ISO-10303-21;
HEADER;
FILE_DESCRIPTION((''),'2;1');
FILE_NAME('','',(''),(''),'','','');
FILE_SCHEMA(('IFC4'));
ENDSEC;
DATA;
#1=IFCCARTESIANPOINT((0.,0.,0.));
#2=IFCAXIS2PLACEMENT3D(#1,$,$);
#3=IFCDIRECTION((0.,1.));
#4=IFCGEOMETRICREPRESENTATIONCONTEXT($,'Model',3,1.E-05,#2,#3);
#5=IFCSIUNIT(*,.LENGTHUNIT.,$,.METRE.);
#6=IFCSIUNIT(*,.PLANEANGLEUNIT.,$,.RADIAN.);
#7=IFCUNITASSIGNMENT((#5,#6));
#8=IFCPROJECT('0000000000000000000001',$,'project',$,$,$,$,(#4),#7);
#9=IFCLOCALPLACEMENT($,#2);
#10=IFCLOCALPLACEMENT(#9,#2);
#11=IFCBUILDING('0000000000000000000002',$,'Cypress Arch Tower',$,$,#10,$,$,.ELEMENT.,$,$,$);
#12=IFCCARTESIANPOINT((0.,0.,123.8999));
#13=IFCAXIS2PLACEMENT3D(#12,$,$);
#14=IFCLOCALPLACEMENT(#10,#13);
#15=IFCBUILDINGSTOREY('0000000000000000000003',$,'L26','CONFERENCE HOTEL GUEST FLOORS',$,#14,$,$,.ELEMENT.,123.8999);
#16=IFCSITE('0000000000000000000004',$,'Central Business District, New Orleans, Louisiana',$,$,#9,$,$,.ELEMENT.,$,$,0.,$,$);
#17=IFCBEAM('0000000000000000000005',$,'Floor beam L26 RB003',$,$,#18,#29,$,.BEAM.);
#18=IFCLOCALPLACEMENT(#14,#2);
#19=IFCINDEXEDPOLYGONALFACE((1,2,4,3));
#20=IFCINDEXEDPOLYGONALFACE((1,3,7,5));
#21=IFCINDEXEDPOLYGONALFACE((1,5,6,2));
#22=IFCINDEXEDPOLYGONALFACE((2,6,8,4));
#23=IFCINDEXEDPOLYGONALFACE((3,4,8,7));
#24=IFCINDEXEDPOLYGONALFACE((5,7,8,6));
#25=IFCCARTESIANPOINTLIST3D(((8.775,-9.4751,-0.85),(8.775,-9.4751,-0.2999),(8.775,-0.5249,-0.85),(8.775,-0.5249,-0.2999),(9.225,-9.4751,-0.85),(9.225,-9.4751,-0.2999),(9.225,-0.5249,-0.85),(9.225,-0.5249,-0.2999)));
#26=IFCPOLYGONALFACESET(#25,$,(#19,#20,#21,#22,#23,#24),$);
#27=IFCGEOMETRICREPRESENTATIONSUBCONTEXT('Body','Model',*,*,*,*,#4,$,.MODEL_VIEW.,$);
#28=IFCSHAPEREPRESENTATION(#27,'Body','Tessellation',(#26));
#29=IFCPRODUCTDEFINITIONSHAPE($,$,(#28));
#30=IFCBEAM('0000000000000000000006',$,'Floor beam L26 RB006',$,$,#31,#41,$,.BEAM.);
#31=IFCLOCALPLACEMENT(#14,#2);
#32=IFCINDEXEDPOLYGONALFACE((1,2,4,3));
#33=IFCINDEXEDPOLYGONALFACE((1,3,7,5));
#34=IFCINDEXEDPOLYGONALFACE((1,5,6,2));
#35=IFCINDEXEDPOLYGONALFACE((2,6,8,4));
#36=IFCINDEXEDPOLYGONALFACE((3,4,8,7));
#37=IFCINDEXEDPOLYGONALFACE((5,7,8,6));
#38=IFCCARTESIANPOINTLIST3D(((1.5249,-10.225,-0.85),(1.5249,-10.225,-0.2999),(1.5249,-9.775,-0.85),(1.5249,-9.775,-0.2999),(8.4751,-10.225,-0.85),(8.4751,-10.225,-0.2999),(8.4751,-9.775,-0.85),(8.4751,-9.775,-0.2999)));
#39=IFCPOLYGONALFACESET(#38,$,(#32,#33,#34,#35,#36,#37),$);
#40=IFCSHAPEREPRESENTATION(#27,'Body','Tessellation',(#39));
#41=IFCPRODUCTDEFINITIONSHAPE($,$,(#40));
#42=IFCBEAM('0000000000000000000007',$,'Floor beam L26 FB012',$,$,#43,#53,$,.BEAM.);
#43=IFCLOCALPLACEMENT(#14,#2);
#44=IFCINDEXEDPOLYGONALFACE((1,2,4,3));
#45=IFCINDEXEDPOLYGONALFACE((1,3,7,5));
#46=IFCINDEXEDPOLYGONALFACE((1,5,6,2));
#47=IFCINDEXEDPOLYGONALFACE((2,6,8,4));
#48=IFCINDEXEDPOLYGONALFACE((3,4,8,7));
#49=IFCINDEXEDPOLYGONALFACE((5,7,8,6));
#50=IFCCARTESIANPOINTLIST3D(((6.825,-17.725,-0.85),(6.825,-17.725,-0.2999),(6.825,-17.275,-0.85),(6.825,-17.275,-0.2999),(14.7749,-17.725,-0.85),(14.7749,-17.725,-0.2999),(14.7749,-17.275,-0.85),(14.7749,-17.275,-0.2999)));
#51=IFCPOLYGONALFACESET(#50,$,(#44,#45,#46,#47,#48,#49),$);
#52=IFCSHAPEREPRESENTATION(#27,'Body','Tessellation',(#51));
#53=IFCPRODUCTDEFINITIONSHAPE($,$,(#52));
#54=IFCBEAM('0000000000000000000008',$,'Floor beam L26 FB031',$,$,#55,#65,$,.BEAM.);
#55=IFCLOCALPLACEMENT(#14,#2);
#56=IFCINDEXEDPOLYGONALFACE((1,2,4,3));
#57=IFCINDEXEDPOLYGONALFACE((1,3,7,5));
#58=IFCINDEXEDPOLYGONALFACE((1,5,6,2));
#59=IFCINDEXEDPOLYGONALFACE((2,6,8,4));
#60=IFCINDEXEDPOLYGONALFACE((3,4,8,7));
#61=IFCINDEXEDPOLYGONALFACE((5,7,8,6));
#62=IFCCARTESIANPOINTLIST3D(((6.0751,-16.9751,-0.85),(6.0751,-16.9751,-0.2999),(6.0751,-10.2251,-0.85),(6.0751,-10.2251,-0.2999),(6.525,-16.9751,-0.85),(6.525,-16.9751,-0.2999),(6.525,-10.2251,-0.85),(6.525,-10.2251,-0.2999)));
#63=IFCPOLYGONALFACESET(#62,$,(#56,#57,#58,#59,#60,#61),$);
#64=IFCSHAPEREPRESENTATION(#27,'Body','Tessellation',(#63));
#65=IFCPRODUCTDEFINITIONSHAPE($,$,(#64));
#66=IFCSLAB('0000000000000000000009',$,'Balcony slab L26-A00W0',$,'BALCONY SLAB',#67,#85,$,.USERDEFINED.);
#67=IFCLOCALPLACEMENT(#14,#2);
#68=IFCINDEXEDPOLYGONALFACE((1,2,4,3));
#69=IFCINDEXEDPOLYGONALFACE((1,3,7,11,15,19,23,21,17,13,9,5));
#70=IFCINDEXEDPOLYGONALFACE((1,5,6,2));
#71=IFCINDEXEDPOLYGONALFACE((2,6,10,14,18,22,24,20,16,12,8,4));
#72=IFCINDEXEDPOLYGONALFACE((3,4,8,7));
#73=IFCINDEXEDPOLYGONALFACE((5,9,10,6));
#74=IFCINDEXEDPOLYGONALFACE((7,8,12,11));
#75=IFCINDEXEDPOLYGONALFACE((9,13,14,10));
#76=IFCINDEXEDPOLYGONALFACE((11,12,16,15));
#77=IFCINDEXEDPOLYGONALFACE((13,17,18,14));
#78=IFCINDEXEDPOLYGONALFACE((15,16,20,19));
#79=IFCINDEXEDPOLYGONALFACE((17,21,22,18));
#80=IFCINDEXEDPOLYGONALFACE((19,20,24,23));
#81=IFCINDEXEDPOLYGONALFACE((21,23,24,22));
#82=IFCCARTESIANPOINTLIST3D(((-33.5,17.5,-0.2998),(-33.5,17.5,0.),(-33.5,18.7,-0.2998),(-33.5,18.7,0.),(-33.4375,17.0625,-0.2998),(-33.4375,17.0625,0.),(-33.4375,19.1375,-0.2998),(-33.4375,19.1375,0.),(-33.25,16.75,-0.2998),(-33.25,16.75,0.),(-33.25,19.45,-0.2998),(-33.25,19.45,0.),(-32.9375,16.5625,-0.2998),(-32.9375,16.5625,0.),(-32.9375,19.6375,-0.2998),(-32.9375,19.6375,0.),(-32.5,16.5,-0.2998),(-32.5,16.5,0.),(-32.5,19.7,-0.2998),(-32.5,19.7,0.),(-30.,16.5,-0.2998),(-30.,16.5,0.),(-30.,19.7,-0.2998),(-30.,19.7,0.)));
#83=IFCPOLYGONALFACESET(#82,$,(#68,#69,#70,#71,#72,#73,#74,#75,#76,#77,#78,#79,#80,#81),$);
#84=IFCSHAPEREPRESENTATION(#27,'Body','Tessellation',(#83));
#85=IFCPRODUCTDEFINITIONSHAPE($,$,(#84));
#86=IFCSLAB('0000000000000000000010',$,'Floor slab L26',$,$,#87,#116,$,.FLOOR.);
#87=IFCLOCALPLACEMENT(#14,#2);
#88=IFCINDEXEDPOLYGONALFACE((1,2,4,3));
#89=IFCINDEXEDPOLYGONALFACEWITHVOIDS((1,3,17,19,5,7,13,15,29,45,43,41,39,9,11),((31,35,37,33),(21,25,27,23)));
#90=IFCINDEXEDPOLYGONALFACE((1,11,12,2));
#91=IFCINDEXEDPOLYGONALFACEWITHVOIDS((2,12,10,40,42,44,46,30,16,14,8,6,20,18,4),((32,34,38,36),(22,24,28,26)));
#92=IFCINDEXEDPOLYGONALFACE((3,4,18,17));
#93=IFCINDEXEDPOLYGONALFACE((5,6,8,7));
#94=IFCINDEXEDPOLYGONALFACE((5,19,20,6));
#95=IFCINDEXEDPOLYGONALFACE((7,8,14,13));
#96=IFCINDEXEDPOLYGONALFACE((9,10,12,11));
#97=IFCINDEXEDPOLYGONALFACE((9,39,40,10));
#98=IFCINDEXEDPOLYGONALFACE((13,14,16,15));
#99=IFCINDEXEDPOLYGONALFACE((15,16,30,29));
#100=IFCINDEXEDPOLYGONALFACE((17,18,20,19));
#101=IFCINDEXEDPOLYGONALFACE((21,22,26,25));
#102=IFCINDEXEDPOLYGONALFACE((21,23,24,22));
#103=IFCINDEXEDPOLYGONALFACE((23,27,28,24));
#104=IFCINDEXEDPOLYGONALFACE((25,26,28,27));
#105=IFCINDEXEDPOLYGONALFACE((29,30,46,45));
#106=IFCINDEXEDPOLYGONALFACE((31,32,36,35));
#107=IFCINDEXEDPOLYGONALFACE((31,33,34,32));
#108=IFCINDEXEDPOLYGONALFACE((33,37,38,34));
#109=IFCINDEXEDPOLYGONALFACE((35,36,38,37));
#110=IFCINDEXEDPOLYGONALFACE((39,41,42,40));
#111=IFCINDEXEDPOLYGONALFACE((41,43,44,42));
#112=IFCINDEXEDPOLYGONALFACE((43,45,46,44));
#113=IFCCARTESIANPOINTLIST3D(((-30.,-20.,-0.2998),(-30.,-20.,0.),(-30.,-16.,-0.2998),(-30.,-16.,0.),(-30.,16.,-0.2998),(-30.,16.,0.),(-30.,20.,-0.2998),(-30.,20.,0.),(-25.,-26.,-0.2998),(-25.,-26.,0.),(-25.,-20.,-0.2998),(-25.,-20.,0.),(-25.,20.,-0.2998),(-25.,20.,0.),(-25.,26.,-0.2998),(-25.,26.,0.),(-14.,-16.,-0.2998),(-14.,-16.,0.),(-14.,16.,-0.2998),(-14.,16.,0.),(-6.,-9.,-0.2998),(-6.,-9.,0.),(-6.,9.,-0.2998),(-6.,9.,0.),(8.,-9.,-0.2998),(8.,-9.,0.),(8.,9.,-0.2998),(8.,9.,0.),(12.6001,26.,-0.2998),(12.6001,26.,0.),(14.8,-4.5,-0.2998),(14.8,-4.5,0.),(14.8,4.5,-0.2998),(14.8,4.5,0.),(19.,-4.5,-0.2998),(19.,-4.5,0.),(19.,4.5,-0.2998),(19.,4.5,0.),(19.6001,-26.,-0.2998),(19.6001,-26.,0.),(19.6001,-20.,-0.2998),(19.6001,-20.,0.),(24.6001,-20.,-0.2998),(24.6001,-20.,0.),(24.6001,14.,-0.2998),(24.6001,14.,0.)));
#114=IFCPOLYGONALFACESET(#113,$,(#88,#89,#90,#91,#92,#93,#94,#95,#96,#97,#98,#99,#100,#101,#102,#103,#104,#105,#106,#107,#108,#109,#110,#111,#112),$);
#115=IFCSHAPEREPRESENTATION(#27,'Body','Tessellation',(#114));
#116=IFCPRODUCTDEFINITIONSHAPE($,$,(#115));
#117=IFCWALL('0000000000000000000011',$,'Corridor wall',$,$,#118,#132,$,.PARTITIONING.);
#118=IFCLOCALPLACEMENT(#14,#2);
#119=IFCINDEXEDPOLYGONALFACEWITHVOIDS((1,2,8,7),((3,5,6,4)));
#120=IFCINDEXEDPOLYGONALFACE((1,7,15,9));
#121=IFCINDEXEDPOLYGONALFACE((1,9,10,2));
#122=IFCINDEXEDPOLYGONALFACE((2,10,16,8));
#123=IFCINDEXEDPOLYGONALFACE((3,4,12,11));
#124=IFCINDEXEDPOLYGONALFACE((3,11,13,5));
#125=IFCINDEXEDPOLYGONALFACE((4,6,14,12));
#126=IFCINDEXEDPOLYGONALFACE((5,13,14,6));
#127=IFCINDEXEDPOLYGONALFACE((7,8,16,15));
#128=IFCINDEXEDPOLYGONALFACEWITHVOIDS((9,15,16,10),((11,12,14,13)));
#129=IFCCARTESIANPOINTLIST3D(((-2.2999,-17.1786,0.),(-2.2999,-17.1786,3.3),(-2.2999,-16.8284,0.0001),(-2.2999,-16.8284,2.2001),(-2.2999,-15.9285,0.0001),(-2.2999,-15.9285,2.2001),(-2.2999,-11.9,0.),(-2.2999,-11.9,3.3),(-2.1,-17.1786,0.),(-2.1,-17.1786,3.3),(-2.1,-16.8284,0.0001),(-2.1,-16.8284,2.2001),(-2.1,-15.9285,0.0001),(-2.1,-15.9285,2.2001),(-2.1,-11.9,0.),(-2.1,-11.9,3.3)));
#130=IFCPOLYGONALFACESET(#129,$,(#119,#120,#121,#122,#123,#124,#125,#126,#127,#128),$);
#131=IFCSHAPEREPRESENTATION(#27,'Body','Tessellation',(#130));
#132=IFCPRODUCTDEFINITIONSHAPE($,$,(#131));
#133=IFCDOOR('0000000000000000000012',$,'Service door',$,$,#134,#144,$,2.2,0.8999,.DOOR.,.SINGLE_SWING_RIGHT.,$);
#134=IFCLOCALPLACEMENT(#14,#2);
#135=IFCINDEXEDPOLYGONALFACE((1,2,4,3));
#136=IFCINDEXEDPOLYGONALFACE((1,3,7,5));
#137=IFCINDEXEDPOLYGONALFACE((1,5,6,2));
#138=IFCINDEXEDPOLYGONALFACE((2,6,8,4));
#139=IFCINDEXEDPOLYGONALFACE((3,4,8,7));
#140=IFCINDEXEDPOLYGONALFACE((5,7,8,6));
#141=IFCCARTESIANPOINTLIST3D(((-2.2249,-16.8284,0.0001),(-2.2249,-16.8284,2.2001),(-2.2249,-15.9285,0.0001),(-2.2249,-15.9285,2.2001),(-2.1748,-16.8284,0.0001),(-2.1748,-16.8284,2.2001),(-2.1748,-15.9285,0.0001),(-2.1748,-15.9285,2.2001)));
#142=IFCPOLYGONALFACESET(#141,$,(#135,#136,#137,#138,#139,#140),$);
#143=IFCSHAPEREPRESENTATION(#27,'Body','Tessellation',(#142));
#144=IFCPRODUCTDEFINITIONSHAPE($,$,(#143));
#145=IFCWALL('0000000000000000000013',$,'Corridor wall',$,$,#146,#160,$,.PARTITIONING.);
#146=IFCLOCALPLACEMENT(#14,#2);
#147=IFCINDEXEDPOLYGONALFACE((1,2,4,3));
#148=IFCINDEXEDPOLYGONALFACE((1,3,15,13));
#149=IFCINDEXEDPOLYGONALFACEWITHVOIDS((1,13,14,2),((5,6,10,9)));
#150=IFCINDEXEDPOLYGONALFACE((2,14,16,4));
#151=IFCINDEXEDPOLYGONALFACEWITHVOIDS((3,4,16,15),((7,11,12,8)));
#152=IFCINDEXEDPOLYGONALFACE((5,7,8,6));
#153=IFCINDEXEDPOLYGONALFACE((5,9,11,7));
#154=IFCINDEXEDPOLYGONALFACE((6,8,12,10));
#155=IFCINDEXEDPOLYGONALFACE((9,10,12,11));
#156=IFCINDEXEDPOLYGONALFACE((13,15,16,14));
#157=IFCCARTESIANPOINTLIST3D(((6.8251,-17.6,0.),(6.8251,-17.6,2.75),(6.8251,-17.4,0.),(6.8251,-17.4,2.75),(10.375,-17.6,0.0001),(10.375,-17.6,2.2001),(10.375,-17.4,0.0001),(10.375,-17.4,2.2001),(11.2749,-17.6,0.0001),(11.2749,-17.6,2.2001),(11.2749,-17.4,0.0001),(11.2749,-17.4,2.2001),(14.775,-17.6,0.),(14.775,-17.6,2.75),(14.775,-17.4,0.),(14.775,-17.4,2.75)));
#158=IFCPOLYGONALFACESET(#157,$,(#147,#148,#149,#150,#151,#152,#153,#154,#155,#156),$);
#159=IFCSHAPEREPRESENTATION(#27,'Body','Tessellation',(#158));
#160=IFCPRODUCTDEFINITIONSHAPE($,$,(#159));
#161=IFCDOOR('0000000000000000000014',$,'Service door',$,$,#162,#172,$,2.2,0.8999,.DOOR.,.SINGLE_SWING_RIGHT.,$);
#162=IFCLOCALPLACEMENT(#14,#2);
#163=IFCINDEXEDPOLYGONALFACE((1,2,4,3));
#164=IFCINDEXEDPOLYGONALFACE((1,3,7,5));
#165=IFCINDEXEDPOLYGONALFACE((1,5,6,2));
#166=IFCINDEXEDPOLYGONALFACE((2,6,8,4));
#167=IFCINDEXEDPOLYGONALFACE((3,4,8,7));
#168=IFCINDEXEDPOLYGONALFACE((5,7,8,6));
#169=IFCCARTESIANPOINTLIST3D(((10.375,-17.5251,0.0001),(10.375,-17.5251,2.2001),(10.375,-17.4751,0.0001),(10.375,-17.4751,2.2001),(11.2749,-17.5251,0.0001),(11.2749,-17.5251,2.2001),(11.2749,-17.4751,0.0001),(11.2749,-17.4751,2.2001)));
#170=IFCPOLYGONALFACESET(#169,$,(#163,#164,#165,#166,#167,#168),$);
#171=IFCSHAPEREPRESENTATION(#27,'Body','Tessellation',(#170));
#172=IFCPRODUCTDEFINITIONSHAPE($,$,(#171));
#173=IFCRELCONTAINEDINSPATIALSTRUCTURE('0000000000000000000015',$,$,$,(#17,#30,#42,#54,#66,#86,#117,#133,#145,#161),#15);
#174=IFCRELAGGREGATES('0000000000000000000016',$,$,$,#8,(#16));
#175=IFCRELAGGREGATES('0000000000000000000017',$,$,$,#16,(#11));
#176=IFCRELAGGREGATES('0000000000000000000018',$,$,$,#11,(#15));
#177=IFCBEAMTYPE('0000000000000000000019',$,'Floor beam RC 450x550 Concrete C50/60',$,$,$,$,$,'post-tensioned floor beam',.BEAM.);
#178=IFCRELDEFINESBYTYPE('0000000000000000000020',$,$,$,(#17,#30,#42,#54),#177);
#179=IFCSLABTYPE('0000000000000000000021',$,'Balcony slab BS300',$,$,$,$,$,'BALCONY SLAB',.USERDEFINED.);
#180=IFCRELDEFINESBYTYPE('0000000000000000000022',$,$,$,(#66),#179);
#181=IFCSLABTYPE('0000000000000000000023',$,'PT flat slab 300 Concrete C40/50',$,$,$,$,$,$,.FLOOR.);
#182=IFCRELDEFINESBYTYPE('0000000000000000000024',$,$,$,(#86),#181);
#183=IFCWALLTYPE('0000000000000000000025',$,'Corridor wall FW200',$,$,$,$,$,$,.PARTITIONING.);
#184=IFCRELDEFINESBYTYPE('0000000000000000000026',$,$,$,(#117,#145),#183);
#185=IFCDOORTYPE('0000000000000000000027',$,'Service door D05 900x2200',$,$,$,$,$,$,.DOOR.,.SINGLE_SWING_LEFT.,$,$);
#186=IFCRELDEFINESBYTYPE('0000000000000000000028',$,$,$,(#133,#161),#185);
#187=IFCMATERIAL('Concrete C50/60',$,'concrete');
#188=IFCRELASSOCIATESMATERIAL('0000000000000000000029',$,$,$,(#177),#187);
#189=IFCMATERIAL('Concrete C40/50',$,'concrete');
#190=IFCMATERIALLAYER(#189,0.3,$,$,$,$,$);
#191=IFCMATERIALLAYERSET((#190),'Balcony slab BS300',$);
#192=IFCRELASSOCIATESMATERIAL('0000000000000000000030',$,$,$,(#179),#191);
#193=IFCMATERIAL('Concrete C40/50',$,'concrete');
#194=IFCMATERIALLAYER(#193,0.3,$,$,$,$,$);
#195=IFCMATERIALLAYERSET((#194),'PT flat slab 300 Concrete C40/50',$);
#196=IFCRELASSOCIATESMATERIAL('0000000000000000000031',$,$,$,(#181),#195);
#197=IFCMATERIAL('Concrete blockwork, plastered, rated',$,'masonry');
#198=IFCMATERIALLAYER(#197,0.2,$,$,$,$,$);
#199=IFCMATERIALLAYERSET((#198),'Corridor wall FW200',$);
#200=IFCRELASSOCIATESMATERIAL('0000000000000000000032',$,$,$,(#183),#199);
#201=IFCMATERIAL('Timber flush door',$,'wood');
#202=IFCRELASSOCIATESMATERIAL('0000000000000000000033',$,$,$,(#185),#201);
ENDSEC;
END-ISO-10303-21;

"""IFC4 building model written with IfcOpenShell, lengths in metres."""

from ifc_helpers import new_model, si_unit, direction, frame, frame_2d, origin, origin_2d, place, context, subcontext, project, spatial, polyline, rectangle, outline, extrude, material, layer, layer_set, material_profile, profile_set, type_object, element, fill, save


model = new_model("IFC4")

# Units and contexts
model_context = context("Model", 3, precision=1e-05, world=origin(), true_north=direction((0.0, 1.0)))
body_context = subcontext(model_context, "Body", "Model", "MODEL_VIEW")
ifc_project = project(units=[si_unit("LENGTHUNIT", "METRE"), si_unit("PLANEANGLEUNIT", "RADIAN")], contexts=[model_context])

# Site, building, storey
site_placement = place(None, origin())
site = spatial("IfcSite", under=ifc_project, at=site_placement, Name="Central Business District, New Orleans, Louisiana", CompositionType="ELEMENT", RefElevation=0.0)
building_placement = place(site_placement, origin())
building = spatial("IfcBuilding", under=site, at=building_placement, Name="Cypress Arch Tower", CompositionType="ELEMENT")
storey_placement = place(building_placement, frame((0.0, 0.0, 123.8999)))
storey = spatial("IfcBuildingStorey", under=building, at=storey_placement, Name="L26", Description="CONFERENCE HOTEL GUEST FLOORS", CompositionType="ELEMENT", Elevation=123.8999)

# Beams
ifc_material_1 = material(Name="Concrete C50/60", Category="concrete")
ifc_material_profile_1 = material_profile(ifc_material_1, rectangle(XDim=0.45, YDim=0.55, at=origin_2d()), Name="RC 450x550")
ifc_profile_set_1 = profile_set([ifc_material_profile_1], Name="Concrete C50/60")
beam_type_1 = type_object("IfcBeamType", Name="Floor beam RC 450x550 Concrete C50/60", ElementType="post-tensioned floor beam", PredefinedType="BEAM", material=ifc_profile_set_1)
beam_1_placement = place(storey_placement, frame((9.0, -9.4751, -0.575), z_axis=(0.0, 1.0, 0.0), x_axis=(-1.0, 0.0, 0.0)))
element("IfcBeam", 1, at=beam_1_placement, inside=storey, type_object=beam_type_1, Name="Floor beam L26 RB003", PredefinedType="BEAM", context=body_context, shape_type="SweptSolid", body=[
    extrude(rectangle(XDim=0.45, YDim=0.55, at=origin_2d()), origin(), (0.0, 0.0, 1.0), 8.9502),
])
beam_2_placement = place(storey_placement, frame((1.5249, -10.0, -0.575), z_axis=(1.0, 0.0, 0.0), x_axis=(0.0, 1.0, 0.0)))
element("IfcBeam", 2, at=beam_2_placement, inside=storey, type_object=beam_type_1, Name="Floor beam L26 RB006", PredefinedType="BEAM", context=body_context, shape_type="SweptSolid", body=[
    extrude(rectangle(XDim=0.45, YDim=0.55, at=origin_2d()), origin(), (0.0, 0.0, 1.0), 6.9502),
])
beam_3_placement = place(storey_placement, frame((6.825, -17.5, -0.575), z_axis=(1.0, 0.0, 0.0), x_axis=(0.0, 1.0, 0.0)))
element("IfcBeam", 3, at=beam_3_placement, inside=storey, type_object=beam_type_1, Name="Floor beam L26 FB012", PredefinedType="BEAM", context=body_context, shape_type="SweptSolid", body=[
    extrude(rectangle(XDim=0.45, YDim=0.55, at=origin_2d()), origin(), (0.0, 0.0, 1.0), 7.95),
])
beam_4_placement = place(storey_placement, frame((6.3, -16.9751, -0.575), z_axis=(0.0, 1.0, 0.0), x_axis=(-1.0, 0.0, 0.0)))
element("IfcBeam", 4, at=beam_4_placement, inside=storey, type_object=beam_type_1, Name="Floor beam L26 FB031", PredefinedType="BEAM", context=body_context, shape_type="SweptSolid", body=[
    extrude(rectangle(XDim=0.45, YDim=0.55, at=origin_2d()), origin(), (0.0, 0.0, 1.0), 6.75),
])

# Slabs
ifc_material_2 = material(Name="Concrete C40/50", Category="concrete")
ifc_layer_1 = layer(ifc_material_2, 0.3)
ifc_layer_set_1 = layer_set([ifc_layer_1], Name="Balcony slab BS300")
slab_type_1 = type_object("IfcSlabType", Name="Balcony slab BS300", ElementType="BALCONY SLAB", PredefinedType="USERDEFINED", material=ifc_layer_set_1)
slab_1_placement = place(storey_placement, frame((0.0, 0.0, -0.2998)))
element("IfcSlab", 5, at=slab_1_placement, inside=storey, type_object=slab_type_1, Name="Balcony slab L26-A00W0", ObjectType="BALCONY SLAB", PredefinedType="USERDEFINED", context=body_context, shape_type="SweptSolid", body=[
    extrude(outline(polyline([(-30.0, 19.7), (-32.5, 19.7), (-32.9375, 19.6375), (-33.25, 19.45), (-33.4375, 19.1375), (-33.5, 18.7), (-33.5, 17.5), (-33.4375, 17.0625), (-33.25, 16.75), (-32.9375, 16.5625), (-32.5, 16.5), (-30.0, 16.5), (-30.0, 19.7)])), origin(), (0.0, 0.0, 1.0), 0.2998),
])
ifc_material_3 = material(Name="Concrete C40/50", Category="concrete")
ifc_layer_2 = layer(ifc_material_3, 0.3)
ifc_layer_set_2 = layer_set([ifc_layer_2], Name="PT flat slab 300 Concrete C40/50")
slab_type_2 = type_object("IfcSlabType", Name="PT flat slab 300 Concrete C40/50", PredefinedType="FLOOR", material=ifc_layer_set_2)
slab_2_placement = place(storey_placement, frame((0.0, 0.0, -0.2998)))
element("IfcSlab", 6, at=slab_2_placement, inside=storey, type_object=slab_type_2, Name="Floor slab L26", PredefinedType="FLOOR", context=body_context, shape_type="SweptSolid", body=[
    extrude(outline(polyline([(-30.0, 20.0), (-25.0, 20.0), (-25.0, 26.0), (12.6001, 26.0), (24.6001, 14.0), (24.6001, -20.0), (19.6001, -20.0), (19.6001, -26.0), (-25.0, -26.0), (-25.0, -20.0), (-30.0, -20.0), (-30.0, -16.0), (-14.0, -16.0), (-14.0, 16.0), (-30.0, 16.0), (-30.0, 20.0)]), holes=[polyline([(-6.0, -9.0), (8.0, -9.0), (8.0, 9.0), (-6.0, 9.0), (-6.0, -9.0)]), polyline([(14.8, -4.5), (19.0, -4.5), (19.0, 4.5), (14.8, 4.5), (14.8, -4.5)])]), origin(), (0.0, 0.0, 1.0), 0.2998),
])

# Walls, openings, doors
ifc_material_4 = material(Name="Concrete blockwork, plastered, rated", Category="masonry")
ifc_layer_3 = layer(ifc_material_4, 0.2)
ifc_layer_set_3 = layer_set([ifc_layer_3], Name="Corridor wall FW200")
wall_type_1 = type_object("IfcWallType", Name="Corridor wall FW200", PredefinedType="PARTITIONING", material=ifc_layer_set_3)
wall_1_placement = place(storey_placement, frame((-2.2, -17.1785, 0.0), z_axis=(0.0, 0.0, 1.0), x_axis=(0.0, 1.0, 0.0)))
wall_1 = element("IfcWall", 7, at=wall_1_placement, inside=storey, type_object=wall_type_1, Name="Corridor wall", PredefinedType="PARTITIONING", context=body_context, shape_type="SweptSolid", body=[
    extrude(rectangle(XDim=5.2786, YDim=0.2, at=frame_2d((2.6392, 0.0))), origin(), (0.0, 0.0, 1.0), 3.3),
])
opening_1_placement = place(wall_1_placement, frame((0.3501, 0.0, 0.0)))
opening_1 = element("IfcOpeningElement", 8, at=opening_1_placement, cuts=wall_1, PredefinedType="OPENING", context=body_context, shape_type="SweptSolid", body=[
    extrude(rectangle(XDim=0.8999, YDim=2.2, at=frame_2d((0.45, 1.1001))), frame((0.0, 0.1099, 0.0), z_axis=(0.0, -1.0, 0.0), x_axis=(1.0, 0.0, 0.0)), (0.0, 0.0, 1.0), 0.22),
])
ifc_material_5 = material(Name="Timber flush door", Category="wood")
door_type_1 = type_object("IfcDoorType", Name="Service door D05 900x2200", OperationType="SINGLE_SWING_LEFT", PredefinedType="DOOR", material=ifc_material_5)
door_1_placement = place(opening_1_placement, origin())
door_1 = element("IfcDoor", 9, at=door_1_placement, inside=storey, type_object=door_type_1, Name="Service door", OperationType="SINGLE_SWING_RIGHT", OverallHeight=2.2, OverallWidth=0.8999, PredefinedType="DOOR", context=body_context, shape_type="SweptSolid", body=[
    extrude(rectangle(XDim=0.8999, YDim=2.2, at=frame_2d((0.45, 1.1001))), frame((0.0, 0.0249, 0.0), z_axis=(0.0, -1.0, 0.0), x_axis=(1.0, 0.0, 0.0)), (0.0, 0.0, 1.0), 0.05),
])
fill(opening_1, door_1)
wall_2_placement = place(storey_placement, frame((6.825, -17.5, 0.0), z_axis=(0.0, 0.0, 1.0), x_axis=(1.0, 0.0, 0.0)))
wall_2 = element("IfcWall", 10, at=wall_2_placement, inside=storey, type_object=wall_type_1, Name="Corridor wall", PredefinedType="PARTITIONING", context=body_context, shape_type="SweptSolid", body=[
    extrude(rectangle(XDim=7.95, YDim=0.2, at=frame_2d((3.9751, 0.0))), origin(), (0.0, 0.0, 1.0), 2.75),
])
opening_2_placement = place(wall_2_placement, frame((3.55, 0.0, 0.0)))
opening_2 = element("IfcOpeningElement", 11, at=opening_2_placement, cuts=wall_2, PredefinedType="OPENING", context=body_context, shape_type="SweptSolid", body=[
    extrude(rectangle(XDim=0.8999, YDim=2.2, at=frame_2d((0.45, 1.1001))), frame((0.0, 0.1099, 0.0), z_axis=(0.0, -1.0, 0.0), x_axis=(1.0, 0.0, 0.0)), (0.0, 0.0, 1.0), 0.22),
])
door_2_placement = place(opening_2_placement, origin())
door_2 = element("IfcDoor", 12, at=door_2_placement, inside=storey, type_object=door_type_1, Name="Service door", OperationType="SINGLE_SWING_RIGHT", OverallHeight=2.2, OverallWidth=0.8999, PredefinedType="DOOR", context=body_context, shape_type="SweptSolid", body=[
    extrude(rectangle(XDim=0.8999, YDim=2.2, at=frame_2d((0.45, 1.1001))), frame((0.0, 0.0249, 0.0), z_axis=(0.0, -1.0, 0.0), x_axis=(1.0, 0.0, 0.0)), (0.0, 0.0, 1.0), 0.05),
])
fill(opening_2, door_2)

save(model, "model.ifc")
